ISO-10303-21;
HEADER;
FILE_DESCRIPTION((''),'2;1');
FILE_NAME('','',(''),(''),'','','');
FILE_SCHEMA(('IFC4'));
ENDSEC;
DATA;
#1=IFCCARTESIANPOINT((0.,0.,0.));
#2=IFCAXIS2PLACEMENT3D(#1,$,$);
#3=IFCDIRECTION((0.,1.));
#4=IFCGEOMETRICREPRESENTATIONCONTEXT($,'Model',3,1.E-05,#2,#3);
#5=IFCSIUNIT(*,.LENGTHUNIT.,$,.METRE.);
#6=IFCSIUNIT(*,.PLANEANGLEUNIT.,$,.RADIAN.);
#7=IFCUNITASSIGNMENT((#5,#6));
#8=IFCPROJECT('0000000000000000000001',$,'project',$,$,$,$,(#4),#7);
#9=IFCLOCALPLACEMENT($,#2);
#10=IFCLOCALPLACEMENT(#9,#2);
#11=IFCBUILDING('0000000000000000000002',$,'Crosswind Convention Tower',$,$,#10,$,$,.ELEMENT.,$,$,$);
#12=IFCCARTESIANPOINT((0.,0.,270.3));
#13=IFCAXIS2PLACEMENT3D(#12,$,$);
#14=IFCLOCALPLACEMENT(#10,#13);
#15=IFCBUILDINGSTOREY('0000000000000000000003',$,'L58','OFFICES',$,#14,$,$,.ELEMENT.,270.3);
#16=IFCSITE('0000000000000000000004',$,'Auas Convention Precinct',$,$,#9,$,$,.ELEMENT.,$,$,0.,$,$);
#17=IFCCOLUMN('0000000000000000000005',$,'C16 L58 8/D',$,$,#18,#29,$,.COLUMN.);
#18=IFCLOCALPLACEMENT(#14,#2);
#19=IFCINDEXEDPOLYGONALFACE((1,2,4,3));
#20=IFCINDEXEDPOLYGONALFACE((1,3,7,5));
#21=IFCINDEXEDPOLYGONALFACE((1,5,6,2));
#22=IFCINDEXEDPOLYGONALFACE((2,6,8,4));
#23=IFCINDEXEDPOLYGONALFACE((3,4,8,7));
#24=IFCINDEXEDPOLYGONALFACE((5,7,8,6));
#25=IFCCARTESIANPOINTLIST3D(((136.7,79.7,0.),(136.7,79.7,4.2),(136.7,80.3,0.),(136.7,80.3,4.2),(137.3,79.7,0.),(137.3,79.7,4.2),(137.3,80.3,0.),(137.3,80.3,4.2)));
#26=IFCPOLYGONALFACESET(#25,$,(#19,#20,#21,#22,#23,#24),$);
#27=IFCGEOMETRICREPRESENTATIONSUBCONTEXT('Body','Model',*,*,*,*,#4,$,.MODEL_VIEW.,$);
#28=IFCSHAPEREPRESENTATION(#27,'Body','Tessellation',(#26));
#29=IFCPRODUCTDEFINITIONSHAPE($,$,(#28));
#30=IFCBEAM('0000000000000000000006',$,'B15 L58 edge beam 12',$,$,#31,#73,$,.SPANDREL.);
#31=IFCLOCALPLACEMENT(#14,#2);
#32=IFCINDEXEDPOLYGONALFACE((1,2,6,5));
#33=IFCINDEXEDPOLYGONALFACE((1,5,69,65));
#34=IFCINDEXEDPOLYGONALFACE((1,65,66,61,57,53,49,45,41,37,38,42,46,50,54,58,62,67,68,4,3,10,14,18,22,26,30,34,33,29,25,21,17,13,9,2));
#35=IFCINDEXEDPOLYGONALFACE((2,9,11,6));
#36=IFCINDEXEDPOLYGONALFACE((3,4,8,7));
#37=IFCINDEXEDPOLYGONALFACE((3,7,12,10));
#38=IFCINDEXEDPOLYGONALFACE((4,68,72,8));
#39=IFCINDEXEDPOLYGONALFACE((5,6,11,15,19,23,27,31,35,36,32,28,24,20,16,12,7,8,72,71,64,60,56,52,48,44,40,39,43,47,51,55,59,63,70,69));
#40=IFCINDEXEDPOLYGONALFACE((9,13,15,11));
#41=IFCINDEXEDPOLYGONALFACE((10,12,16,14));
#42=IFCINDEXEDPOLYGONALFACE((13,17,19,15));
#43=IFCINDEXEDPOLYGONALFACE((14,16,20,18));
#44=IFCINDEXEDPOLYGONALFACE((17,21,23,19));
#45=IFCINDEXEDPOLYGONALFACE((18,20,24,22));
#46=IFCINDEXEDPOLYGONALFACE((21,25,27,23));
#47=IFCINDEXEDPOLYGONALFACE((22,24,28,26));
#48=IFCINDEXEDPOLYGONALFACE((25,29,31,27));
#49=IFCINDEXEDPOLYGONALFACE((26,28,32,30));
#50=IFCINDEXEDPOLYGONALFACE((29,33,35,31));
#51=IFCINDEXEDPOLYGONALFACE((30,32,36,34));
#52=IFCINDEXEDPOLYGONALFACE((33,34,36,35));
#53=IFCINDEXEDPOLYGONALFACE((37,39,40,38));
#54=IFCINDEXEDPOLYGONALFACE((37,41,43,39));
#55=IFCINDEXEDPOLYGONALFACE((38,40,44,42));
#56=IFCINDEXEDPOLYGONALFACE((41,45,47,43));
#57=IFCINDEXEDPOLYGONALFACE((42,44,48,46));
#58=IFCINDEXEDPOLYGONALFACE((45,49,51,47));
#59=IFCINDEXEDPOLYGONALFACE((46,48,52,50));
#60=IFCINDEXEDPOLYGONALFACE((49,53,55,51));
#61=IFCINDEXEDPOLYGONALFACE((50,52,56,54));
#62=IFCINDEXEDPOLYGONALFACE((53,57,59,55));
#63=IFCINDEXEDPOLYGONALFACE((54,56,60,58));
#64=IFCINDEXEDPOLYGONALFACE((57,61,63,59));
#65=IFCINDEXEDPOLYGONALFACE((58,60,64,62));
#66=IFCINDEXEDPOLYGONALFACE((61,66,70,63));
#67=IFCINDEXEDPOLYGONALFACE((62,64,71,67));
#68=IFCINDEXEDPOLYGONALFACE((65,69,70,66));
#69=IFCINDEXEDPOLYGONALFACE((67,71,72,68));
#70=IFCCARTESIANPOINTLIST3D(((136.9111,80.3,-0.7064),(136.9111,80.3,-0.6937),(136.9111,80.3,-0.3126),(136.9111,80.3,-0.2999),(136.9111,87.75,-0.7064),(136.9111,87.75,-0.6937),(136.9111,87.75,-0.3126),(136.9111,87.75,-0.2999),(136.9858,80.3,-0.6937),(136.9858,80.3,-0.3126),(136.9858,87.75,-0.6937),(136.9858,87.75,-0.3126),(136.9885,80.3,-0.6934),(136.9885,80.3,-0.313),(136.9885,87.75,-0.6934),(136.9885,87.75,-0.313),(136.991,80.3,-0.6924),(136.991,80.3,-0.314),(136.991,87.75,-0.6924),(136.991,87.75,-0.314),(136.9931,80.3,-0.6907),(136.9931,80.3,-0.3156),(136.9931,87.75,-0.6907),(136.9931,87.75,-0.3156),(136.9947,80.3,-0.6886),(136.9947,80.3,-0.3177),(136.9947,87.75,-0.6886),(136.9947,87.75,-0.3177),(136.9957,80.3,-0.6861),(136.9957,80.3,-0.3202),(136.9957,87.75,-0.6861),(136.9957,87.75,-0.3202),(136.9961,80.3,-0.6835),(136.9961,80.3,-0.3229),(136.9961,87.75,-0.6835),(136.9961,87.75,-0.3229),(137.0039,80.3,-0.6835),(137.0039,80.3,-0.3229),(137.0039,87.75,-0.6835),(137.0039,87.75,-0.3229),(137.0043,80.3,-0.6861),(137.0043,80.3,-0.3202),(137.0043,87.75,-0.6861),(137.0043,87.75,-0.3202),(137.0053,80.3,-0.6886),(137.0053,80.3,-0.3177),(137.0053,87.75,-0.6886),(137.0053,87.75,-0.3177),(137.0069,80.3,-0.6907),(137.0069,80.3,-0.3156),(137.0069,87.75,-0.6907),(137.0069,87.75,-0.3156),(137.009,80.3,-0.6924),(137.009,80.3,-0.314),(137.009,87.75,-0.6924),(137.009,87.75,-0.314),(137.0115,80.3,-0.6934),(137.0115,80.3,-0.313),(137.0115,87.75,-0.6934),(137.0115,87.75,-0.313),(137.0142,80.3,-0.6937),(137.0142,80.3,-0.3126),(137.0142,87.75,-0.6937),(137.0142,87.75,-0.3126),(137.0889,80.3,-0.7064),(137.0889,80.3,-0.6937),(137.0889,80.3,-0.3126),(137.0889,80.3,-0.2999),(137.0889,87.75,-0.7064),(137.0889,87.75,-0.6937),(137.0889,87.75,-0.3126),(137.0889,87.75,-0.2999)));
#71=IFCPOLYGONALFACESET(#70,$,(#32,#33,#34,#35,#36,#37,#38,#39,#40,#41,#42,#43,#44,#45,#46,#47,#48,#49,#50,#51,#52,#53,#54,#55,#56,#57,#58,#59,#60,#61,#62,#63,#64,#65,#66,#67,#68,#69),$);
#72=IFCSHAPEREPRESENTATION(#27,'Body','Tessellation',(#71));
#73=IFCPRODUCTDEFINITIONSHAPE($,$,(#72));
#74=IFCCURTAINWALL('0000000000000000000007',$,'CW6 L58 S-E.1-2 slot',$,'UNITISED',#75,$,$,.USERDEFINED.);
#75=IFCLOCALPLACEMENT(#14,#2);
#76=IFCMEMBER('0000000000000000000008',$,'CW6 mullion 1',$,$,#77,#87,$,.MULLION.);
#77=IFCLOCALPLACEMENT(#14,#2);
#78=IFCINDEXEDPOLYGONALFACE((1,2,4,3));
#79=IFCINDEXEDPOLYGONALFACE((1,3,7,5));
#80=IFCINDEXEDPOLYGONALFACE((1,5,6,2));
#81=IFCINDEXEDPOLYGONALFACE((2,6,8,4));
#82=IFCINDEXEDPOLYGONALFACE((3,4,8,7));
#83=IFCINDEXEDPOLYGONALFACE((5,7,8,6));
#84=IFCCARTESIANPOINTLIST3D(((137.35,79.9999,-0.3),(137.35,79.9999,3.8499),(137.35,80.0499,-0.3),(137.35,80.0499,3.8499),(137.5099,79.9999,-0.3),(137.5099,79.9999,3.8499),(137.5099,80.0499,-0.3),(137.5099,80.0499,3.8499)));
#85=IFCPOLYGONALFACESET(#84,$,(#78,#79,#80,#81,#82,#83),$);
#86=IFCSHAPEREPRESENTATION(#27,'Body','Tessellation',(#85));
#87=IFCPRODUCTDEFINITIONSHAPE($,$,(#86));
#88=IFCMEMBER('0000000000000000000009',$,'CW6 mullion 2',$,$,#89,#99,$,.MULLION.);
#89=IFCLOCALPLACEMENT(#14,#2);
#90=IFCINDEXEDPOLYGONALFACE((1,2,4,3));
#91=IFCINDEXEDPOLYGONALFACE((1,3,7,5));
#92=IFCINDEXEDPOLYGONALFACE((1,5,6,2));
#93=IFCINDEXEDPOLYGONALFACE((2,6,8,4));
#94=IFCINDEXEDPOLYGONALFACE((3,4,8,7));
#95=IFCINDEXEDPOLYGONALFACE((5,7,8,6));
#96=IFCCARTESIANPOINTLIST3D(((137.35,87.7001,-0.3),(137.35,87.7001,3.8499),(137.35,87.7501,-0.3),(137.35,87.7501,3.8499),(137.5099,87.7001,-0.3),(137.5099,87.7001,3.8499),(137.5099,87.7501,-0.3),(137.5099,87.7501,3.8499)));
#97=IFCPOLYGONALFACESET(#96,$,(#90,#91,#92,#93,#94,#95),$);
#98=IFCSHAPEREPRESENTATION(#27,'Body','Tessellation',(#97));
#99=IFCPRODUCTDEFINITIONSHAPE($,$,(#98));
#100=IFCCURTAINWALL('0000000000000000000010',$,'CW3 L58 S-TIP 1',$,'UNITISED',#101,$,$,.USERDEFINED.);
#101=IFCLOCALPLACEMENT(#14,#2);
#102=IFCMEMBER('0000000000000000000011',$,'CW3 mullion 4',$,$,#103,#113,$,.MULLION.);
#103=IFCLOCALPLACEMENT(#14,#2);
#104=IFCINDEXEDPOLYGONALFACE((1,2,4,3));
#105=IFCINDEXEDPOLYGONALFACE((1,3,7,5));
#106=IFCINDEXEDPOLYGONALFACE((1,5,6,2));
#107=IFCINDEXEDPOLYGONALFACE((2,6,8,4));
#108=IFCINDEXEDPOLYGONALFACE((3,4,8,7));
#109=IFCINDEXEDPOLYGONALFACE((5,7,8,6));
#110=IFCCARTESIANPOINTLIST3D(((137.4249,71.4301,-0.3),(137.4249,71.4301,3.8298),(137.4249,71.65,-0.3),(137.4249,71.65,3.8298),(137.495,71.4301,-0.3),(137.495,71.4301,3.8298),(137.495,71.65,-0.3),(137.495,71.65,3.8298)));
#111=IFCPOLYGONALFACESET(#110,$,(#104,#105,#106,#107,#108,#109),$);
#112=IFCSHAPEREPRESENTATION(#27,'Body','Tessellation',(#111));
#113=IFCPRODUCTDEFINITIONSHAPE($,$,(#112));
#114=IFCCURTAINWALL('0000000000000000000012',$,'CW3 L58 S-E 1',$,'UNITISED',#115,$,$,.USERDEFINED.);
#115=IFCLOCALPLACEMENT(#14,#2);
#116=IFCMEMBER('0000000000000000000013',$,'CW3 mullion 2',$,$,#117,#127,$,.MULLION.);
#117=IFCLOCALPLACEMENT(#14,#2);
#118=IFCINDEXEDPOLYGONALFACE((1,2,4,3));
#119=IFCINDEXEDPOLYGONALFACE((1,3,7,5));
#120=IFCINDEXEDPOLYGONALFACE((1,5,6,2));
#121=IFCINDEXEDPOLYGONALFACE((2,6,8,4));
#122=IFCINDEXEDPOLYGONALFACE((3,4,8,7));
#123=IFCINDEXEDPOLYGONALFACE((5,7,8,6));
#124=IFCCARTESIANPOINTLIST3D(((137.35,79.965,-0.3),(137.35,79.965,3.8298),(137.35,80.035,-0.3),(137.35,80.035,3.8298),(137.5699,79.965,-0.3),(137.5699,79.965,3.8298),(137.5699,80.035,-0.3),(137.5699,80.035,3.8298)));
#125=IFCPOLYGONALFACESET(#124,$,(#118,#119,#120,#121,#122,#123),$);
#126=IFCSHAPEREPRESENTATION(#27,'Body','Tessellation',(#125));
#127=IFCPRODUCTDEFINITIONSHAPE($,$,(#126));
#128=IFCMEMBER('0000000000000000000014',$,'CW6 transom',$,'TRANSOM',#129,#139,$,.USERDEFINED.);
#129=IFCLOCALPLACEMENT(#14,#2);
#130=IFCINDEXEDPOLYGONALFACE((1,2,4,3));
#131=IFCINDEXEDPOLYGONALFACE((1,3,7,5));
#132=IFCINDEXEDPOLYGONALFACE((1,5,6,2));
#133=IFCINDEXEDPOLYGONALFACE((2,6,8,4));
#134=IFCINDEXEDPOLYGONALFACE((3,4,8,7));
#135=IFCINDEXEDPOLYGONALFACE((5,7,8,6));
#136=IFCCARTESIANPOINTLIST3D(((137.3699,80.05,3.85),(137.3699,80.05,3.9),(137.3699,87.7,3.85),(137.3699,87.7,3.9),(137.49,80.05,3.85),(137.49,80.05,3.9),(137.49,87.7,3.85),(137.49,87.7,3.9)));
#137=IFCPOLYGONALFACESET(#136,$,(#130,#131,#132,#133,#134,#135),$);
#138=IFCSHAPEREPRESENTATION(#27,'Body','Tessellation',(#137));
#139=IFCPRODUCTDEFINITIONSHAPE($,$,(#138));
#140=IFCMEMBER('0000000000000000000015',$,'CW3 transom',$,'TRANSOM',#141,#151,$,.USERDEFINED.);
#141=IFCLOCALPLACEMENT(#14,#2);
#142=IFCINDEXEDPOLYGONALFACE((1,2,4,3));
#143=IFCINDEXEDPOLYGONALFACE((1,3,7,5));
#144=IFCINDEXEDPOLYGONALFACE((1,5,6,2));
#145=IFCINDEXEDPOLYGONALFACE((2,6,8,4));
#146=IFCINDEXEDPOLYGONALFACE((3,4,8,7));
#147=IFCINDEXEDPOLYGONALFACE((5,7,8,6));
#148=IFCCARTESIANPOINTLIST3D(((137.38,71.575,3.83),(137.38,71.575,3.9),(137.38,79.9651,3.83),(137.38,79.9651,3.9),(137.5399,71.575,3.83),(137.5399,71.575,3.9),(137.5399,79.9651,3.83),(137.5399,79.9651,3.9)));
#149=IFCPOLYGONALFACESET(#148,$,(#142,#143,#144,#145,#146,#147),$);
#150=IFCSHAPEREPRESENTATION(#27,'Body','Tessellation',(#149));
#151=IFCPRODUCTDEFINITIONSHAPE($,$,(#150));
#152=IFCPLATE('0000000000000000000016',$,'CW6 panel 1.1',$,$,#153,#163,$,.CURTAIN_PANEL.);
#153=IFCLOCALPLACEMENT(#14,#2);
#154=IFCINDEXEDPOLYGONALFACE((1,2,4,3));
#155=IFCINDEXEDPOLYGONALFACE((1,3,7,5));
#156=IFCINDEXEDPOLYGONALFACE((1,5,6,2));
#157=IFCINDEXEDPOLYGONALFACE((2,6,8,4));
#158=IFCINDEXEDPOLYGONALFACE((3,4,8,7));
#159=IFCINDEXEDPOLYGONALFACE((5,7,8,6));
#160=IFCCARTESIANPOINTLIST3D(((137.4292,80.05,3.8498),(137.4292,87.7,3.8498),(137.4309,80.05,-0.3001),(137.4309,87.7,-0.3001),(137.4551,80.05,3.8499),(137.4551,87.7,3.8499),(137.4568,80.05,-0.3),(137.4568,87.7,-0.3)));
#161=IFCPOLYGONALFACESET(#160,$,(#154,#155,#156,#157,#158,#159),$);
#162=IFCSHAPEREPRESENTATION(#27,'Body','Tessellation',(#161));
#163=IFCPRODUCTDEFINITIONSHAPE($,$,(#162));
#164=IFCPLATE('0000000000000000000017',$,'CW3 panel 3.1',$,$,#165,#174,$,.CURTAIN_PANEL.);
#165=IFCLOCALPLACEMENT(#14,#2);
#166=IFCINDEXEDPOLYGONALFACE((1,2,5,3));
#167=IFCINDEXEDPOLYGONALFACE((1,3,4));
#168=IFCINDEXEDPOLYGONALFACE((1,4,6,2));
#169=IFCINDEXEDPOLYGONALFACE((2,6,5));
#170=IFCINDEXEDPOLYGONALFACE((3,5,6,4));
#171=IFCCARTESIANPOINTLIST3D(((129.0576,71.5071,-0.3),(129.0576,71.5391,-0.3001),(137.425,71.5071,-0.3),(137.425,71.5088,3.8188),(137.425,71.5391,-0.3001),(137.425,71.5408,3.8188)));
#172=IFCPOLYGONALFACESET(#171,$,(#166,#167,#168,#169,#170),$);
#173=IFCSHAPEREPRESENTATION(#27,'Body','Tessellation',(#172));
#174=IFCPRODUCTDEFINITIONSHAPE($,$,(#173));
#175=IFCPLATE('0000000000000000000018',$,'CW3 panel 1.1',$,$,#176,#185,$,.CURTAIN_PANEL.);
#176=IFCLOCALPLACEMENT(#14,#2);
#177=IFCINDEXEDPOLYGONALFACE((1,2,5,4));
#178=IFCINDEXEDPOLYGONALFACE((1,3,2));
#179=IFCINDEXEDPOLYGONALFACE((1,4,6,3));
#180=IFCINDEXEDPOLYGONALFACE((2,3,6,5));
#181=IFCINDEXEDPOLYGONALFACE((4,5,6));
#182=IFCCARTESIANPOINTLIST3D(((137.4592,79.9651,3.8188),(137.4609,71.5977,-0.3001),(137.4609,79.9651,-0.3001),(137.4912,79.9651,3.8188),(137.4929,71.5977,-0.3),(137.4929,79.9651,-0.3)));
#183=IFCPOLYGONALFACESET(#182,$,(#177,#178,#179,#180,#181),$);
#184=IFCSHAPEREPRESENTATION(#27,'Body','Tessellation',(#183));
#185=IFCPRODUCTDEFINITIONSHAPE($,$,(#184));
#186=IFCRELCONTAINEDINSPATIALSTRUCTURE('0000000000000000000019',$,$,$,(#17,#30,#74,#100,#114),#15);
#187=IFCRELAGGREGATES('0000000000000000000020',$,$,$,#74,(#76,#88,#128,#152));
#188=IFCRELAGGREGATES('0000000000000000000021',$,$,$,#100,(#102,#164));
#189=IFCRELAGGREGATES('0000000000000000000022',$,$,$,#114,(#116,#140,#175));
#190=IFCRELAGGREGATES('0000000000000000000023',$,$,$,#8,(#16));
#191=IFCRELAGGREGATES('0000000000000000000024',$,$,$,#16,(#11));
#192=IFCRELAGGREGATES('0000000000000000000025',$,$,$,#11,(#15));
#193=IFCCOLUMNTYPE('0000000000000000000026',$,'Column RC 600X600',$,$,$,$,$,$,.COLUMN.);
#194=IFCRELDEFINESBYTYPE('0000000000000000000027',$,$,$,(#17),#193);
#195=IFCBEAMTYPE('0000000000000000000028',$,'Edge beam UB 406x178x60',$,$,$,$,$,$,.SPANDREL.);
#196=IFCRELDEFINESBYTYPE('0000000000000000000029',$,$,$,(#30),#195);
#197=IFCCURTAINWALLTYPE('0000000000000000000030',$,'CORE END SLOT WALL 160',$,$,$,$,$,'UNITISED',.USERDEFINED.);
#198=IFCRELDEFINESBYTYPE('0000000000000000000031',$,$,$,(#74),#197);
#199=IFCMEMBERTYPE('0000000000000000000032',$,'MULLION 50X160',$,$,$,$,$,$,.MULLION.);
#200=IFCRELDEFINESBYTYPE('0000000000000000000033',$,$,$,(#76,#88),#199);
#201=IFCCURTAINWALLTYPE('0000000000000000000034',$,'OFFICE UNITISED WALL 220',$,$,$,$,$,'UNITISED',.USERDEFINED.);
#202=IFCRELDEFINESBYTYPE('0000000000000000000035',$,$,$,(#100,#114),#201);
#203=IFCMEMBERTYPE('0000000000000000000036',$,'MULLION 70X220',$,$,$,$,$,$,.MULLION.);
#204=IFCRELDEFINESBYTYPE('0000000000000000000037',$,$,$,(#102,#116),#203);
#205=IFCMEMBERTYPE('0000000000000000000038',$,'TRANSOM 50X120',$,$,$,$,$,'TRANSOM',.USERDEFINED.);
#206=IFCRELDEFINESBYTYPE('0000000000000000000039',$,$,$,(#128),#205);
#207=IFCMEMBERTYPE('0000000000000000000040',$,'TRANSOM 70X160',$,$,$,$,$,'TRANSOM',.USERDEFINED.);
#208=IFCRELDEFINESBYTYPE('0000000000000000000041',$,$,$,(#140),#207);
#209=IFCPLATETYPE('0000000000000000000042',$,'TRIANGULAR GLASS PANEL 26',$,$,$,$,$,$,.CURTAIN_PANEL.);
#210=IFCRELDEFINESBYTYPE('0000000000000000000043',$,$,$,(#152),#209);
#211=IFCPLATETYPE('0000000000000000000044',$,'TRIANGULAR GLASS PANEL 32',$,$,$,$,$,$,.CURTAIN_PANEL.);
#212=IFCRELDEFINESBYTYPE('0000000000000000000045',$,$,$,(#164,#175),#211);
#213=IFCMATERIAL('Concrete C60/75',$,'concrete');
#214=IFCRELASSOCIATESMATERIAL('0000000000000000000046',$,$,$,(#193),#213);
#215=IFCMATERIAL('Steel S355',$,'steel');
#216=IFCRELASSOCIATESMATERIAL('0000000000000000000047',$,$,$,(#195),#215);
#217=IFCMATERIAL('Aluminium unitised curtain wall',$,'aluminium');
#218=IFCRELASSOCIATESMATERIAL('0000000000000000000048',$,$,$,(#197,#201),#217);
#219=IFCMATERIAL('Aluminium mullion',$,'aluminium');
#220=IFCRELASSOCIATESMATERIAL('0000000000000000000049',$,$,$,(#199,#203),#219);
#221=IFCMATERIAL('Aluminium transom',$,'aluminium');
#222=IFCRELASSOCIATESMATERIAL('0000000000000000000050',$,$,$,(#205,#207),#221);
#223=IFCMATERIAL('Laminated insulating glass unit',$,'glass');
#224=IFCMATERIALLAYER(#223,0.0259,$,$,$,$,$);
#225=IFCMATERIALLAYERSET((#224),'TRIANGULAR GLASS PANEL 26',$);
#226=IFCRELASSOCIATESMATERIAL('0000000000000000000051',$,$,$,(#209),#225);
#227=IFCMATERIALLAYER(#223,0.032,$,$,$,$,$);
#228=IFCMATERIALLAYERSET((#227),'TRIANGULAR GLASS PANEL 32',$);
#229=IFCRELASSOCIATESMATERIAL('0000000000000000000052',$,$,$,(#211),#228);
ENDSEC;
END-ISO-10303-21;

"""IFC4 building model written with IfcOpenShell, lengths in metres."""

from ifc_helpers import new_model, si_unit, direction, frame, origin, origin_2d, place, context, subcontext, project, spatial, polyline, rectangle, i_section, outline, extrude, material, layer, layer_set, material_profile, profile_set, type_object, element, aggregate, save


model = new_model("IFC4")

# Units and contexts
model_context = context("Model", 3, precision=1e-05, world=origin(), true_north=direction((0.0, 1.0)))
body_context = subcontext(model_context, "Body", "Model", "MODEL_VIEW")
ifc_project = project(units=[si_unit("LENGTHUNIT", "METRE"), si_unit("PLANEANGLEUNIT", "RADIAN")], contexts=[model_context])

# Site, building, storey
site_placement = place(None, origin())
site = spatial("IfcSite", under=ifc_project, at=site_placement, Name="Auas Convention Precinct", CompositionType="ELEMENT", RefElevation=0.0)
building_placement = place(site_placement, origin())
building = spatial("IfcBuilding", under=site, at=building_placement, Name="Crosswind Convention Tower", CompositionType="ELEMENT")
storey_placement = place(building_placement, frame((0.0, 0.0, 270.3)))
storey = spatial("IfcBuildingStorey", under=building, at=storey_placement, Name="L58", Description="OFFICES", CompositionType="ELEMENT", Elevation=270.3)

# Column
ifc_material_1 = material(Name="Concrete C60/75", Category="concrete")
ifc_material_profile_1 = material_profile(ifc_material_1, rectangle(XDim=0.6001, YDim=0.6001, at=origin_2d()), Name="RC 600X600")
ifc_profile_set_1 = profile_set([ifc_material_profile_1], Name="Concrete C60/75")
column_type = type_object("IfcColumnType", Name="Column RC 600X600", PredefinedType="COLUMN", material=ifc_profile_set_1)
column_placement = place(storey_placement, frame((137.0, 80.0, 0.0), z_axis=(0.0, 0.0, 1.0), x_axis=(1.0, 0.0, 0.0)))
element("IfcColumn", 1, at=column_placement, inside=storey, type_object=column_type, Name="C16 L58 8/D", PredefinedType="COLUMN", context=body_context, shape_type="SweptSolid", body=[
    extrude(rectangle(XDim=0.6001, YDim=0.6001, at=origin_2d()), origin(), (0.0, 0.0, 1.0), 4.2),
])

# Beam
ifc_material_2 = material(Name="Steel S355", Category="steel")
ifc_material_profile_2 = material_profile(ifc_material_2, i_section(OverallWidth=0.1777, OverallDepth=0.4065, WebThickness=0.0078, FlangeThickness=0.0127, FilletRadius=0.0103, at=origin_2d()), Name="UB 406x178x60")
ifc_profile_set_2 = profile_set([ifc_material_profile_2], Name="Steel S355")
beam_type = type_object("IfcBeamType", Name="Edge beam UB 406x178x60", PredefinedType="SPANDREL", material=ifc_profile_set_2)
beam_placement = place(storey_placement, frame((137.0, 80.3, -0.5032), z_axis=(0.0, 1.0, 0.0), x_axis=(-1.0, 0.0, 0.0)))
element("IfcBeam", 2, at=beam_placement, inside=storey, type_object=beam_type, Name="B15 L58 edge beam 12", PredefinedType="SPANDREL", context=body_context, shape_type="SweptSolid", body=[
    extrude(i_section(OverallWidth=0.1777, OverallDepth=0.4065, WebThickness=0.0078, FlangeThickness=0.0127, FilletRadius=0.0103, at=origin_2d()), origin(), (0.0, 0.0, 1.0), 7.45),
])

# Curtain wall, members
ifc_material_3 = material(Name="Aluminium unitised curtain wall", Category="aluminium")
curtain_wall_type_1 = type_object("IfcCurtainWallType", Name="CORE END SLOT WALL 160", ElementType="UNITISED", PredefinedType="USERDEFINED", material=ifc_material_3)
curtain_wall_1_placement = place(storey_placement, origin())
curtain_wall_1 = element("IfcCurtainWall", 3, at=curtain_wall_1_placement, inside=storey, type_object=curtain_wall_type_1, Name="CW6 L58 S-E.1-2 slot", ObjectType="UNITISED", PredefinedType="USERDEFINED")
ifc_material_4 = material(Name="Aluminium mullion", Category="aluminium")
ifc_material_profile_3 = material_profile(ifc_material_4, rectangle(XDim=0.1599, YDim=0.05, at=origin_2d()), Name="AL 160X50")
ifc_profile_set_3 = profile_set([ifc_material_profile_3], Name="Aluminium mullion")
member_type_1 = type_object("IfcMemberType", Name="MULLION 50X160", PredefinedType="MULLION", material=ifc_profile_set_3)
member_1_placement = place(storey_placement, frame((137.4299, 80.0249, -0.3), z_axis=(0.0, 0.0, 1.0), x_axis=(1.0, 0.0, 0.0)))
member_1 = element("IfcMember", 4, at=member_1_placement, type_object=member_type_1, Name="CW6 mullion 1", PredefinedType="MULLION", context=body_context, shape_type="SweptSolid", body=[
    extrude(rectangle(XDim=0.1599, YDim=0.05, at=origin_2d()), origin(), (0.0, 0.0, 1.0), 4.1499),
])
member_2_placement = place(storey_placement, frame((137.4299, 87.7251, -0.3), z_axis=(0.0, 0.0, 1.0), x_axis=(1.0, 0.0, 0.0)))
member_2 = element("IfcMember", 5, at=member_2_placement, type_object=member_type_1, Name="CW6 mullion 2", PredefinedType="MULLION", context=body_context, shape_type="SweptSolid", body=[
    extrude(rectangle(XDim=0.1599, YDim=0.05, at=origin_2d()), origin(), (0.0, 0.0, 1.0), 4.1499),
])

# Curtain walls, members
curtain_wall_type_2 = type_object("IfcCurtainWallType", Name="OFFICE UNITISED WALL 220", ElementType="UNITISED", PredefinedType="USERDEFINED", material=ifc_material_3)
curtain_wall_2_placement = place(storey_placement, origin())
curtain_wall_2 = element("IfcCurtainWall", 6, at=curtain_wall_2_placement, inside=storey, type_object=curtain_wall_type_2, Name="CW3 L58 S-TIP 1", ObjectType="UNITISED", PredefinedType="USERDEFINED")
ifc_material_profile_4 = material_profile(ifc_material_4, rectangle(XDim=0.22, YDim=0.0701, at=origin_2d()), Name="AL 220X70")
ifc_profile_set_4 = profile_set([ifc_material_profile_4], Name="Aluminium mullion")
member_type_2 = type_object("IfcMemberType", Name="MULLION 70X220", PredefinedType="MULLION", material=ifc_profile_set_4)
member_3_placement = place(storey_placement, frame((137.46, 71.54, -0.3), z_axis=(0.0, 0.0, 1.0), x_axis=(0.0, -1.0, 0.0)))
member_3 = element("IfcMember", 7, at=member_3_placement, type_object=member_type_2, Name="CW3 mullion 4", PredefinedType="MULLION", context=body_context, shape_type="SweptSolid", body=[
    extrude(rectangle(XDim=0.22, YDim=0.0701, at=origin_2d()), origin(), (0.0, 0.0, 1.0), 4.1299),
])
curtain_wall_3_placement = place(storey_placement, origin())
curtain_wall_3 = element("IfcCurtainWall", 8, at=curtain_wall_3_placement, inside=storey, type_object=curtain_wall_type_2, Name="CW3 L58 S-E 1", ObjectType="UNITISED", PredefinedType="USERDEFINED")
member_4_placement = place(storey_placement, frame((137.46, 80.0, -0.3), z_axis=(0.0, 0.0, 1.0), x_axis=(1.0, 0.0, 0.0)))
member_4 = element("IfcMember", 9, at=member_4_placement, type_object=member_type_2, Name="CW3 mullion 2", PredefinedType="MULLION", context=body_context, shape_type="SweptSolid", body=[
    extrude(rectangle(XDim=0.22, YDim=0.0701, at=origin_2d()), origin(), (0.0, 0.0, 1.0), 4.1299),
])

# Members
ifc_material_5 = material(Name="Aluminium transom", Category="aluminium")
ifc_material_profile_5 = material_profile(ifc_material_5, rectangle(XDim=0.1201, YDim=0.05, at=origin_2d()), Name="AL 120X50")
ifc_profile_set_5 = profile_set([ifc_material_profile_5], Name="Aluminium transom")
member_type_3 = type_object("IfcMemberType", Name="TRANSOM 50X120", ElementType="TRANSOM", PredefinedType="USERDEFINED", material=ifc_profile_set_5)
member_5_placement = place(storey_placement, frame((137.4299, 80.05, 3.875), z_axis=(0.0, 1.0, 0.0), x_axis=(-1.0, 0.0, 0.0)))
member_5 = element("IfcMember", 10, at=member_5_placement, type_object=member_type_3, Name="CW6 transom", ObjectType="TRANSOM", PredefinedType="USERDEFINED", context=body_context, shape_type="SweptSolid", body=[
    extrude(rectangle(XDim=0.1201, YDim=0.05, at=origin_2d()), origin(), (0.0, 0.0, 1.0), 7.6499),
])
ifc_material_profile_6 = material_profile(ifc_material_5, rectangle(XDim=0.1599, YDim=0.0701, at=origin_2d()), Name="AL 160X70")
ifc_profile_set_6 = profile_set([ifc_material_profile_6], Name="Aluminium transom")
member_type_4 = type_object("IfcMemberType", Name="TRANSOM 70X160", ElementType="TRANSOM", PredefinedType="USERDEFINED", material=ifc_profile_set_6)
member_6_placement = place(storey_placement, frame((137.46, 71.575, 3.865), z_axis=(0.0, 1.0, 0.0), x_axis=(-1.0, 0.0, 0.0)))
member_6 = element("IfcMember", 11, at=member_6_placement, type_object=member_type_4, Name="CW3 transom", ObjectType="TRANSOM", PredefinedType="USERDEFINED", context=body_context, shape_type="SweptSolid", body=[
    extrude(rectangle(XDim=0.1599, YDim=0.0701, at=origin_2d()), origin(), (0.0, 0.0, 1.0), 8.3901),
])

# Plates
ifc_material_6 = material(Name="Laminated insulating glass unit", Category="glass")
ifc_layer_1 = layer(ifc_material_6, 0.0259)
ifc_layer_set_1 = layer_set([ifc_layer_1], Name="TRIANGULAR GLASS PANEL 26")
plate_type_1 = type_object("IfcPlateType", Name="TRIANGULAR GLASS PANEL 26", PredefinedType="CURTAIN_PANEL", material=ifc_layer_set_1)
plate_1_placement = place(storey_placement, frame((137.4568, 80.05, -0.3), z_axis=(1.0, 0.0, 0.000412), x_axis=(0.0, 1.0, 0.0)))
plate_1 = element("IfcPlate", 12, at=plate_1_placement, type_object=plate_type_1, Name="CW6 panel 1.1", PredefinedType="CURTAIN_PANEL", context=body_context, shape_type="SweptSolid", body=[
    extrude(outline(polyline([(0.0, 0.0), (7.6499, 0.0), (7.6499, 4.1499), (0.0, 4.1499), (0.0, 0.0)])), origin(), (0.0, 0.0, -1.0), 0.0259),
])
aggregate(curtain_wall_1, [member_1, member_2, member_5, plate_1])
ifc_layer_2 = layer(ifc_material_6, 0.032)
ifc_layer_set_2 = layer_set([ifc_layer_2], Name="TRIANGULAR GLASS PANEL 32")
plate_type_2 = type_object("IfcPlateType", Name="TRIANGULAR GLASS PANEL 32", PredefinedType="CURTAIN_PANEL", material=ifc_layer_set_2)
plate_2_placement = place(storey_placement, frame((137.425, 71.5071, -0.3), z_axis=(0.0, -1.0, 0.000415), x_axis=(0.0, 0.000415, 1.0)))
plate_2 = element("IfcPlate", 13, at=plate_2_placement, type_object=plate_type_2, Name="CW3 panel 3.1", PredefinedType="CURTAIN_PANEL", context=body_context, shape_type="SweptSolid", body=[
    extrude(outline(polyline([(0.0, 0.0), (4.1189, 0.0), (0.0, 8.3674), (0.0, 0.0)])), origin(), (0.0, 0.0, -1.0), 0.032),
])
aggregate(curtain_wall_2, [member_3, plate_2])
plate_3_placement = place(storey_placement, frame((137.4929, 79.9651, -0.3), z_axis=(1.0, 0.0, 0.000415), x_axis=(-0.000415, 0.0, 1.0)))
plate_3 = element("IfcPlate", 14, at=plate_3_placement, type_object=plate_type_2, Name="CW3 panel 1.1", PredefinedType="CURTAIN_PANEL", context=body_context, shape_type="SweptSolid", body=[
    extrude(outline(polyline([(0.0, 0.0), (4.1189, 0.0), (0.0, 8.3674), (0.0, 0.0)])), origin(), (0.0, 0.0, -1.0), 0.032),
])

aggregate(curtain_wall_3, [member_4, member_6, plate_3])

save(model, "model.ifc")
